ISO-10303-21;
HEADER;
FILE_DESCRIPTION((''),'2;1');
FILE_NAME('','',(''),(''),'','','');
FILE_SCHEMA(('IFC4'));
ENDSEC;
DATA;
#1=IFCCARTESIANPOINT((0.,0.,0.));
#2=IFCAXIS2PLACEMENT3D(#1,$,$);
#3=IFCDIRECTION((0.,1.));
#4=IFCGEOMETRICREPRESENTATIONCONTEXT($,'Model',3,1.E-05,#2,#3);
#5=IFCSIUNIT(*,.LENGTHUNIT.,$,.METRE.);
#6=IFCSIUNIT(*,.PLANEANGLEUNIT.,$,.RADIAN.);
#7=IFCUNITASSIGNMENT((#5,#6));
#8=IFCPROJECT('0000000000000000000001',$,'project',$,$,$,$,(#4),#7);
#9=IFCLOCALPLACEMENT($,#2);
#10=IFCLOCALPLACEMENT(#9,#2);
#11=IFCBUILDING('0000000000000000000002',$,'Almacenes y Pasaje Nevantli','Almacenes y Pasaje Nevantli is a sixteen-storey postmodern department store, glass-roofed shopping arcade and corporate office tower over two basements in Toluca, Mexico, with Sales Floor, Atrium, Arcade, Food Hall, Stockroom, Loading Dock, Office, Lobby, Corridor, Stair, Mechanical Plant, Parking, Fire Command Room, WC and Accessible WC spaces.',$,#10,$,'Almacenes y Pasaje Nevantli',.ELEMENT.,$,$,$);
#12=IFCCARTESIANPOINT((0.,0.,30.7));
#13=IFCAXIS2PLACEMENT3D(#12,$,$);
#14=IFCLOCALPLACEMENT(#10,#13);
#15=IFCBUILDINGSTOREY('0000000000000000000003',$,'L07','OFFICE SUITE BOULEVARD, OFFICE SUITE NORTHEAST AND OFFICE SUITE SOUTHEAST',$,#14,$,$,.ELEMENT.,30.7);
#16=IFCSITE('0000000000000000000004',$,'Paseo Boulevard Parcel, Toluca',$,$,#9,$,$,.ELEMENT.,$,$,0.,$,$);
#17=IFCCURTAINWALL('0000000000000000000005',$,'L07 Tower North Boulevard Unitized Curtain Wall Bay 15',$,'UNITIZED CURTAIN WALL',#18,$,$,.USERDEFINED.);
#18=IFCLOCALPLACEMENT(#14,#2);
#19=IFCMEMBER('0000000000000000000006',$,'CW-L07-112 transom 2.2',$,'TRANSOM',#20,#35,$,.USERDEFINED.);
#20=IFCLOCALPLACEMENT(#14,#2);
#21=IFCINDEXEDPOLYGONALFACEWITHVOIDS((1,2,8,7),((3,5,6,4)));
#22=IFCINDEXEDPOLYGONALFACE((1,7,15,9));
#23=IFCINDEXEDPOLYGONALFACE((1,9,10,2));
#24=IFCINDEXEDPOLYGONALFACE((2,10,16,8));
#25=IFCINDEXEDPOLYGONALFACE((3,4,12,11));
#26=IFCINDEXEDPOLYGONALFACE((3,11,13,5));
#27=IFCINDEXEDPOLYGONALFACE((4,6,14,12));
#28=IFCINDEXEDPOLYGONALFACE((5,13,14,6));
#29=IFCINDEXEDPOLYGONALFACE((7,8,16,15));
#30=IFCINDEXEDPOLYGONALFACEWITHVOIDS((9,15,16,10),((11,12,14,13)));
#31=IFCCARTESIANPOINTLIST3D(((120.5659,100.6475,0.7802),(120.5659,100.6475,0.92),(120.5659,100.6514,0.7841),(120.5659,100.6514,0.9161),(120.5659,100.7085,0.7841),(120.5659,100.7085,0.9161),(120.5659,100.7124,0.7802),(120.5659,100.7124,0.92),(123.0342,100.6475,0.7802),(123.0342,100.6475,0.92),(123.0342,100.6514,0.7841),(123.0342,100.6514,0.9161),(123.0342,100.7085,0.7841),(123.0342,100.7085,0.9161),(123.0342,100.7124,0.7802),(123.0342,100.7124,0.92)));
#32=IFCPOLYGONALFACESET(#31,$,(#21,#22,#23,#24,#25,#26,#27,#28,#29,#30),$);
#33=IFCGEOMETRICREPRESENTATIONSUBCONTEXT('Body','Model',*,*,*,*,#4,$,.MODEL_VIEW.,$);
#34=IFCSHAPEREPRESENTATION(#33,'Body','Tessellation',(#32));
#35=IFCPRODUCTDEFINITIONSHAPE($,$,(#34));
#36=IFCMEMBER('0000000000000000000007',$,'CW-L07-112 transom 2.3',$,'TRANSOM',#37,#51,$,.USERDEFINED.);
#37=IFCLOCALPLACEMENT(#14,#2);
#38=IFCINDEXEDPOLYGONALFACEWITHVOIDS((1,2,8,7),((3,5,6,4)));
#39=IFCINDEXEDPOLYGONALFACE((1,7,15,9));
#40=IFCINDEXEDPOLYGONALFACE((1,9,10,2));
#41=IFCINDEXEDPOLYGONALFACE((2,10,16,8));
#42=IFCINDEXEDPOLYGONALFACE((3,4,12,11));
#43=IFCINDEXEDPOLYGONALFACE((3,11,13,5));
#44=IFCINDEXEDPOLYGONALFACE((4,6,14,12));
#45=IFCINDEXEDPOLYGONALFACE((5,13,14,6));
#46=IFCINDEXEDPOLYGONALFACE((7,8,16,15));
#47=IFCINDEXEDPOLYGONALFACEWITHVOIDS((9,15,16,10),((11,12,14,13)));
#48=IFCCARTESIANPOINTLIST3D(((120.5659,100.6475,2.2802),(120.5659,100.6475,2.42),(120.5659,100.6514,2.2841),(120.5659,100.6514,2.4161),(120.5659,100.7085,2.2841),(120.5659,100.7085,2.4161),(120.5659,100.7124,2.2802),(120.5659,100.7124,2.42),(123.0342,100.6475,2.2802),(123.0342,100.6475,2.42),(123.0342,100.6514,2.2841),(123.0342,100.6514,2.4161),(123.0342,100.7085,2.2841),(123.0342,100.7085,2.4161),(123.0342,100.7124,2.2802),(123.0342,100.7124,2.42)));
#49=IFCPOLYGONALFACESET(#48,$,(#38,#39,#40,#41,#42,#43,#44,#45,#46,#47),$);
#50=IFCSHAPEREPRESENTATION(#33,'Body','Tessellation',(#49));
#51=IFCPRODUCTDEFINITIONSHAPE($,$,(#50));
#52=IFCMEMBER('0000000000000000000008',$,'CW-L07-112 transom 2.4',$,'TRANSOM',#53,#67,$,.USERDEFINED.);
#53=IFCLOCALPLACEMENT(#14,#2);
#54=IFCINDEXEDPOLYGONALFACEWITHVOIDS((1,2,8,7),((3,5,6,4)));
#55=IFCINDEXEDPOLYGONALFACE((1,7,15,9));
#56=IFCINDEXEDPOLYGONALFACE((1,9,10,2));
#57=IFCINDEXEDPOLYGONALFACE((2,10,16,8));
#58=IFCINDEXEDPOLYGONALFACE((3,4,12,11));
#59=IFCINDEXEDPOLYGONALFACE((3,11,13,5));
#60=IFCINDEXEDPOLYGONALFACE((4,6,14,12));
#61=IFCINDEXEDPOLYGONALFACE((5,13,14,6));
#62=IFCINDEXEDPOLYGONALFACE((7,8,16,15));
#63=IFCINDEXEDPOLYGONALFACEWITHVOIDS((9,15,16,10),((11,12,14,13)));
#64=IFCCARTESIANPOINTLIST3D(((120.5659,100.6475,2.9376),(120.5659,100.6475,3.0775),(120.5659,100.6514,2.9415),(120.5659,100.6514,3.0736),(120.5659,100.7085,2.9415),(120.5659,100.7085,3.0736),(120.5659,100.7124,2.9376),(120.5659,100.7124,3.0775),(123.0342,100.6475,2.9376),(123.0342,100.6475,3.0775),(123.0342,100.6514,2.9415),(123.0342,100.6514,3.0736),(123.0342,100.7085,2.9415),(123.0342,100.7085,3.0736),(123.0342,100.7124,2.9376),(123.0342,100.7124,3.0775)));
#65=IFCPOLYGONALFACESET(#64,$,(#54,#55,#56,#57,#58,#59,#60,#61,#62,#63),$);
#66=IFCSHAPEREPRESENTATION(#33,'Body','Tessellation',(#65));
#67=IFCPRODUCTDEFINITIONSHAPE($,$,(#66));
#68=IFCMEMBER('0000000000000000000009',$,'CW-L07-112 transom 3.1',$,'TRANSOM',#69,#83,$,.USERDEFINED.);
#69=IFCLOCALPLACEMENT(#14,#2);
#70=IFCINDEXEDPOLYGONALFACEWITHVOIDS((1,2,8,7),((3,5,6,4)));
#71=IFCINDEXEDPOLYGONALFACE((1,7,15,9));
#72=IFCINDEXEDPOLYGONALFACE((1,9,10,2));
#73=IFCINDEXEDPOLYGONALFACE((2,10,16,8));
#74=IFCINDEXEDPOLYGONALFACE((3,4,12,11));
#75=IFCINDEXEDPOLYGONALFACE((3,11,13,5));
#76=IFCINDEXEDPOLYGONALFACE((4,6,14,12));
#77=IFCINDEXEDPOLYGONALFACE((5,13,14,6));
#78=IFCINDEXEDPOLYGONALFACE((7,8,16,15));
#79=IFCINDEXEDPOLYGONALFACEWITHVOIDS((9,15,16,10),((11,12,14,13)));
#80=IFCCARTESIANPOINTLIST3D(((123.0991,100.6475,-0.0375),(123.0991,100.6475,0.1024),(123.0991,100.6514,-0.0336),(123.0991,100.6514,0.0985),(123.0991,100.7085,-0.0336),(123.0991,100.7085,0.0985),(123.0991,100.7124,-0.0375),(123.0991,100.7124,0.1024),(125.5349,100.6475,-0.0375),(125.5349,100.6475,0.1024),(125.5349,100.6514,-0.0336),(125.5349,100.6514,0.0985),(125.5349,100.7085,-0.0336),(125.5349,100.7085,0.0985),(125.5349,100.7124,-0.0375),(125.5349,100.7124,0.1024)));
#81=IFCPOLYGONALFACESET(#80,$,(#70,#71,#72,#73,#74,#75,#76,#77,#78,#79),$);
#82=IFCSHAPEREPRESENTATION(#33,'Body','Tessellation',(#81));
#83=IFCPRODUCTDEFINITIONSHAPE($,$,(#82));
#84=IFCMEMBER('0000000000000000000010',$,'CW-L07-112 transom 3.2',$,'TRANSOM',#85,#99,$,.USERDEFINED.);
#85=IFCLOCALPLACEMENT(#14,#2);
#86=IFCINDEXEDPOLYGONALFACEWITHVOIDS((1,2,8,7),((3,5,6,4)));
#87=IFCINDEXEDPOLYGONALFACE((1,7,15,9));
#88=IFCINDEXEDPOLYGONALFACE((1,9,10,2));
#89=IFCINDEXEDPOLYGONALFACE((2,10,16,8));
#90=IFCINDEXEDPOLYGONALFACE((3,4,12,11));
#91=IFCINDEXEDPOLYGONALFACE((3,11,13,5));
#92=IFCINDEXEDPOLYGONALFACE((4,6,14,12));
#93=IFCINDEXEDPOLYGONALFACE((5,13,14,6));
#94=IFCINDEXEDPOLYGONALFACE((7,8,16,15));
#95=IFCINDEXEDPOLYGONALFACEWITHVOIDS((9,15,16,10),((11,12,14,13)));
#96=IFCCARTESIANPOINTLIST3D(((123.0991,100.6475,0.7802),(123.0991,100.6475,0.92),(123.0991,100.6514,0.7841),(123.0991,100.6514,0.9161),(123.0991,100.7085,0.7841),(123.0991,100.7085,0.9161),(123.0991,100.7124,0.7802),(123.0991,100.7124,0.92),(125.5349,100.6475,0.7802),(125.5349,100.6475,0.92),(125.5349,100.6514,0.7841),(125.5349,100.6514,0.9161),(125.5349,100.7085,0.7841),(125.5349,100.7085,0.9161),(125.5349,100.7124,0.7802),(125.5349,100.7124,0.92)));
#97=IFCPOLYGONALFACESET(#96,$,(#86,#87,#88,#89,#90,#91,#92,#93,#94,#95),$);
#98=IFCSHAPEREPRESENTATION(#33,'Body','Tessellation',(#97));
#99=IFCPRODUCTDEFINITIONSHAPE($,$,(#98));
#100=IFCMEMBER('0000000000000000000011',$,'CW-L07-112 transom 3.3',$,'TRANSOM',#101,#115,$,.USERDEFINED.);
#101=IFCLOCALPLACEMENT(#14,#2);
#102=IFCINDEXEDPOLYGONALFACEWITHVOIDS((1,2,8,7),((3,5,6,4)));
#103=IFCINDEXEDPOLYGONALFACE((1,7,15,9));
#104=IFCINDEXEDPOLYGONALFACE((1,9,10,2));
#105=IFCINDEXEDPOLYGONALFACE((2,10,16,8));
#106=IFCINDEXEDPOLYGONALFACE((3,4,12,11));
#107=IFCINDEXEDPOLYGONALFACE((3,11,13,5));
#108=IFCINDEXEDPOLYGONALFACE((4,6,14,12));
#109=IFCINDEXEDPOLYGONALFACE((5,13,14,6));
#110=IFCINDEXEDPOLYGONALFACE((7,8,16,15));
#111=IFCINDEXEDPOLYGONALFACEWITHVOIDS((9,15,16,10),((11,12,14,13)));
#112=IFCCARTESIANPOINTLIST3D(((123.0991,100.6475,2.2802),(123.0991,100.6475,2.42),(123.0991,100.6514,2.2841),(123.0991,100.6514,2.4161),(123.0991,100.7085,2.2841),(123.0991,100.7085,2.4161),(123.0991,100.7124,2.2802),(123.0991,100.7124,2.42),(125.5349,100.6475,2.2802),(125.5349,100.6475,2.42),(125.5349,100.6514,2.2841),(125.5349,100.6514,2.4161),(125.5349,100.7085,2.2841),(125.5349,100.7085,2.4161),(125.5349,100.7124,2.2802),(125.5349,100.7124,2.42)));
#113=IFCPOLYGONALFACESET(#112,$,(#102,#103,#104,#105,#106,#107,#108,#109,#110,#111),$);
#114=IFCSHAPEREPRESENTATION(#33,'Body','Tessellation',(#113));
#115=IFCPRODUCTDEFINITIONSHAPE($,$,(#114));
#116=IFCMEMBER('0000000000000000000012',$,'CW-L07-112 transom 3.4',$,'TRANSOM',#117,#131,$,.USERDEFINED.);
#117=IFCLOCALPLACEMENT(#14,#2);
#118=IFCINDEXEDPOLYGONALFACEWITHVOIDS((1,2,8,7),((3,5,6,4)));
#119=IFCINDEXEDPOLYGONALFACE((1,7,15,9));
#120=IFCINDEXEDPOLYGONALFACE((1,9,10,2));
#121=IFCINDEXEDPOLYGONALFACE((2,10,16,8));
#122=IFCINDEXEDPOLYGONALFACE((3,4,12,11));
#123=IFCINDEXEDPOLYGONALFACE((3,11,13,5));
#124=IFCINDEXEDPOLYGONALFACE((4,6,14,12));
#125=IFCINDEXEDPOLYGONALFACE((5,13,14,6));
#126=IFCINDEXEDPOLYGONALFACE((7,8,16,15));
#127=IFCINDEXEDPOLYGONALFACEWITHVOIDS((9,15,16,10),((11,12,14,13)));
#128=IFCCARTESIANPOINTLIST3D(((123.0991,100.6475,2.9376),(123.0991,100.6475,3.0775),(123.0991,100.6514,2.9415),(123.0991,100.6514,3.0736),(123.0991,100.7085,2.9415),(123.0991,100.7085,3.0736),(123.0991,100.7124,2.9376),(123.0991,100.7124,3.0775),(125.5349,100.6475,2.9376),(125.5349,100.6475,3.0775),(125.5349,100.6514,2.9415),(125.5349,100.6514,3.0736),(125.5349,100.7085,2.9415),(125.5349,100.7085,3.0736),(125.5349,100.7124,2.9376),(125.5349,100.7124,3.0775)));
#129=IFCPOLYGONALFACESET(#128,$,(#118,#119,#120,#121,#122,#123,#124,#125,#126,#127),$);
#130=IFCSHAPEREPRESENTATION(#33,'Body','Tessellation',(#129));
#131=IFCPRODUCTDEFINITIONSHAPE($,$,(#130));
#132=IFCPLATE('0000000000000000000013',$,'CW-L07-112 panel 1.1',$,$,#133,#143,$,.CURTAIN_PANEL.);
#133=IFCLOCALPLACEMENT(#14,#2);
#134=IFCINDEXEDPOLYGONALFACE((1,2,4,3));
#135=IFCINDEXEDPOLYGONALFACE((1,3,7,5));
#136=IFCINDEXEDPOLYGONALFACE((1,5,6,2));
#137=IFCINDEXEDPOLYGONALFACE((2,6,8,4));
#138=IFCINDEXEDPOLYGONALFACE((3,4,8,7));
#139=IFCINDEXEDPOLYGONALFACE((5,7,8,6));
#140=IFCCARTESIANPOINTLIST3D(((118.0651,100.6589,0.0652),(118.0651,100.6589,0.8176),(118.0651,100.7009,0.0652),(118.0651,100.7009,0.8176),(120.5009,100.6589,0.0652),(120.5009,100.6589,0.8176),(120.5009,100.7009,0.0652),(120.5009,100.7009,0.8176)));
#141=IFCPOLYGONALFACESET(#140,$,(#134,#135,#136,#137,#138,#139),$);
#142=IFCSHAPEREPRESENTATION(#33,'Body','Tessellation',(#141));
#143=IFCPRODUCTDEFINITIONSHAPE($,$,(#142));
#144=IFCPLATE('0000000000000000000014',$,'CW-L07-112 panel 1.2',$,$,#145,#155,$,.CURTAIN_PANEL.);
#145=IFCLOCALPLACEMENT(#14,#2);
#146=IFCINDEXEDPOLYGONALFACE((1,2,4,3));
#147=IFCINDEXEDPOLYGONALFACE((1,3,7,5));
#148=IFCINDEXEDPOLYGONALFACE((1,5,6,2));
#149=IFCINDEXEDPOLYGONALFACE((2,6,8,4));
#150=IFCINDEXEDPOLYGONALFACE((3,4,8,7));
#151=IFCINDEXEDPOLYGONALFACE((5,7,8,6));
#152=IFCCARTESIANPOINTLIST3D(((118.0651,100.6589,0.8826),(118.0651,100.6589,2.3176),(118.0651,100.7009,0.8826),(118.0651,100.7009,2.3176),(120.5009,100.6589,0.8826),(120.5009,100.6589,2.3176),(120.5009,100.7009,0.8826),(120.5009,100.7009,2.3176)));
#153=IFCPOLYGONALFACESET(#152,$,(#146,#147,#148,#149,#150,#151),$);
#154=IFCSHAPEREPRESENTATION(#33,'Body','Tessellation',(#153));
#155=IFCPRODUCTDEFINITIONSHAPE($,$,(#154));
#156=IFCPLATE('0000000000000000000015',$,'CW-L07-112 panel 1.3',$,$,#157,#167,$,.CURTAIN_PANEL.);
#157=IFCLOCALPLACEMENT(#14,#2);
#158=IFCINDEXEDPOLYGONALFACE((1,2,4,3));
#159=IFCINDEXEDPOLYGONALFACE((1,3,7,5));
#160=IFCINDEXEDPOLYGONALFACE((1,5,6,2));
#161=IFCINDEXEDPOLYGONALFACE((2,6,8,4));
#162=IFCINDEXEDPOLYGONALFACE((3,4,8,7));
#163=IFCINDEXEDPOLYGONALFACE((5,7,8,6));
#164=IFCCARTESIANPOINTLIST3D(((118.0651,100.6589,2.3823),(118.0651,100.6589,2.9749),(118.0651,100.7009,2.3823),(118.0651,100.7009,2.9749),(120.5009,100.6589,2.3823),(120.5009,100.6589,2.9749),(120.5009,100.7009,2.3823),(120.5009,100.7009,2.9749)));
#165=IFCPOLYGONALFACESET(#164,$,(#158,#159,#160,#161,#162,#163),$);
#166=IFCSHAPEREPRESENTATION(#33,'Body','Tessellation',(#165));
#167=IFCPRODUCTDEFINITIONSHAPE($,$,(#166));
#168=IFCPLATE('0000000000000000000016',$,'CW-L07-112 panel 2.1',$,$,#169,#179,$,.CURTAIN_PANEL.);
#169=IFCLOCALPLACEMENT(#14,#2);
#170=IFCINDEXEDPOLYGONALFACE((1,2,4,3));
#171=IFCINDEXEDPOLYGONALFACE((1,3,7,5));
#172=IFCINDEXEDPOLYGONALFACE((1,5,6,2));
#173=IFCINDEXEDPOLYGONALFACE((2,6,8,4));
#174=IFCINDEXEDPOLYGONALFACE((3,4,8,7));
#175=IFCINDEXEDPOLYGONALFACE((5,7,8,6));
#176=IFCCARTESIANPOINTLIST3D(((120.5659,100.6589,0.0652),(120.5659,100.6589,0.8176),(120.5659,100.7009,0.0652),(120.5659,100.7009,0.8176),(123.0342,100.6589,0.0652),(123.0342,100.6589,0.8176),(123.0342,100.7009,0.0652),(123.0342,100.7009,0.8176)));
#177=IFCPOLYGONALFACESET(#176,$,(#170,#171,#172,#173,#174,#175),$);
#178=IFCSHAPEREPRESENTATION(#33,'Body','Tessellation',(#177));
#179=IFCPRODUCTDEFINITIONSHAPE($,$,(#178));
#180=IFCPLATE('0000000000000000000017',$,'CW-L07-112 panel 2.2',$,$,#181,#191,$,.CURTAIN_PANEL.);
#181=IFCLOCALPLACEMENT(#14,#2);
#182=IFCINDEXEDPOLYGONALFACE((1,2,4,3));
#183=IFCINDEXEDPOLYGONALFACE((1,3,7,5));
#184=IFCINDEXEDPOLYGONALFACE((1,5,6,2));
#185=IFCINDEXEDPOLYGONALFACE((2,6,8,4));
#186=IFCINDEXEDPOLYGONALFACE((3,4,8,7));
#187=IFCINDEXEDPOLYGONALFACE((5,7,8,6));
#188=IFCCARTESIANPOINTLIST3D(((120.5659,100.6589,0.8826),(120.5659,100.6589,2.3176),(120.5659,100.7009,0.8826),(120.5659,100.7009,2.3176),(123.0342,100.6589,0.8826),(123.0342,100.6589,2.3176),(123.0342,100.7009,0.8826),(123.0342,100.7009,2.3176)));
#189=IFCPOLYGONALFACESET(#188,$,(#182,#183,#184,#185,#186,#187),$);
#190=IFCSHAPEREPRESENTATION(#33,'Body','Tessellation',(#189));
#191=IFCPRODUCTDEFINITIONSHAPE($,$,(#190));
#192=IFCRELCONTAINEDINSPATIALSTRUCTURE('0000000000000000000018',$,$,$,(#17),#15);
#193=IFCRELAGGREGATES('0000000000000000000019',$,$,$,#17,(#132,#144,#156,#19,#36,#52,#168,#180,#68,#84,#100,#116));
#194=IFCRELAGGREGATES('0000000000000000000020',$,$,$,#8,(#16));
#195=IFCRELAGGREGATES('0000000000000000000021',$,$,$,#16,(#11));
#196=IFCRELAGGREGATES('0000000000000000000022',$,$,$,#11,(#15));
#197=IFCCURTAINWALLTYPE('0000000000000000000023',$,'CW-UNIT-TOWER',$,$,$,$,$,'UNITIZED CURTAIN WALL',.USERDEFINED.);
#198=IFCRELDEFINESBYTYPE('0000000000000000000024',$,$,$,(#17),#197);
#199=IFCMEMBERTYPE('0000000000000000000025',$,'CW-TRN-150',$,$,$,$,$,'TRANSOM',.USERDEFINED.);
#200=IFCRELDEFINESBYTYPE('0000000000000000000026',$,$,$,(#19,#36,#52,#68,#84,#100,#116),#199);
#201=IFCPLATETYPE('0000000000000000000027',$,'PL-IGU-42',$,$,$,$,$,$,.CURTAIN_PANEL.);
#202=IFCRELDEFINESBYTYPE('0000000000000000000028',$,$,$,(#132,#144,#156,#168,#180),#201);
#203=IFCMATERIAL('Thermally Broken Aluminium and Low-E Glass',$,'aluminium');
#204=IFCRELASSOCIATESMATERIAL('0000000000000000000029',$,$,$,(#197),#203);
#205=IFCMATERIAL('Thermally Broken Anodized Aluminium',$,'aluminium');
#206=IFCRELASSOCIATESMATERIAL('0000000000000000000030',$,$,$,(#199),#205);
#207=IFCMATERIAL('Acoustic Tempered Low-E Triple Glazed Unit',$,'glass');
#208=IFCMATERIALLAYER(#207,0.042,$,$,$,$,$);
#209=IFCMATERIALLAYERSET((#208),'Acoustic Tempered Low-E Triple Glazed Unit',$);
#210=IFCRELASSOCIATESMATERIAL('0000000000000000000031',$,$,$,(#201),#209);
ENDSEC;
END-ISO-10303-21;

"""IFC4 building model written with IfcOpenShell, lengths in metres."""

from ifc_helpers import new_model, si_unit, direction, frame, origin, origin_2d, place, context, subcontext, project, spatial, rectangle, hollow_rectangle, extrude, material, layer, layer_set, material_profile, profile_set, type_object, element, aggregate, save


model = new_model("IFC4")

# Units and contexts
model_context = context("Model", 3, precision=1e-05, world=origin(), true_north=direction((0.0, 1.0)))
body_context = subcontext(model_context, "Body", "Model", "MODEL_VIEW")
ifc_project = project(units=[si_unit("LENGTHUNIT", "METRE"), si_unit("PLANEANGLEUNIT", "RADIAN")], contexts=[model_context])

# Site, building, storey
site_placement = place(None, origin())
site = spatial("IfcSite", under=ifc_project, at=site_placement, Name="Paseo Boulevard Parcel, Toluca", CompositionType="ELEMENT", RefElevation=0.0)
building_placement = place(site_placement, origin())
building = spatial("IfcBuilding", under=site, at=building_placement, Name="Almacenes y Pasaje Nevantli", Description="Almacenes y Pasaje Nevantli is a sixteen-storey postmodern department store, glass-roofed shopping arcade and corporate office tower over two basements in Toluca, Mexico, with Sales Floor, Atrium, Arcade, Food Hall, Stockroom, Loading Dock, Office, Lobby, Corridor, Stair, Mechanical Plant, Parking, Fire Command Room, WC and Accessible WC spaces.", LongName="Almacenes y Pasaje Nevantli", CompositionType="ELEMENT")
storey_placement = place(building_placement, frame((0.0, 0.0, 30.7)))
storey = spatial("IfcBuildingStorey", under=building, at=storey_placement, Name="L07", Description="OFFICE SUITE BOULEVARD, OFFICE SUITE NORTHEAST AND OFFICE SUITE SOUTHEAST", CompositionType="ELEMENT", Elevation=30.7)

# Curtain wall, members, plates
ifc_material_1 = material(Name="Thermally Broken Aluminium and Low-E Glass", Category="aluminium")
curtain_wall_type = type_object("IfcCurtainWallType", Name="CW-UNIT-TOWER", ElementType="UNITIZED CURTAIN WALL", PredefinedType="USERDEFINED", material=ifc_material_1)
curtain_wall_placement = place(storey_placement, origin())
curtain_wall = element("IfcCurtainWall", 1, at=curtain_wall_placement, inside=storey, type_object=curtain_wall_type, Name="L07 Tower North Boulevard Unitized Curtain Wall Bay 15", ObjectType="UNITIZED CURTAIN WALL", PredefinedType="USERDEFINED")
ifc_material_2 = material(Name="Thermally Broken Anodized Aluminium", Category="aluminium")
ifc_material_profile_1 = material_profile(ifc_material_2, hollow_rectangle(XDim=0.0649, YDim=0.1399, WallThickness=0.0039, at=origin_2d()), Name="ALU-TRN-65x140")
ifc_profile_set_1 = profile_set([ifc_material_profile_1], Name="Thermally Broken Anodized Aluminium")
member_type_1 = type_object("IfcMemberType", Name="CW-TRN-150", ElementType="TRANSOM", PredefinedType="USERDEFINED", material=ifc_profile_set_1)
member_1_placement = place(storey_placement, frame((120.5659, 100.6799, 0.8501), z_axis=(1.0, 0.0, 0.0), x_axis=(0.0, 1.0, 0.0)))
member_1 = element("IfcMember", 2, at=member_1_placement, type_object=member_type_1, Name="CW-L07-112 transom 2.2", ObjectType="TRANSOM", PredefinedType="USERDEFINED", context=body_context, shape_type="SweptSolid", body=[
    extrude(hollow_rectangle(XDim=0.0649, YDim=0.1399, WallThickness=0.0039, at=origin_2d()), origin(), (0.0, 0.0, 1.0), 2.4683),
])
member_2_placement = place(storey_placement, frame((120.5659, 100.6799, 2.3501), z_axis=(1.0, 0.0, 0.0), x_axis=(0.0, 1.0, 0.0)))
member_2 = element("IfcMember", 3, at=member_2_placement, type_object=member_type_1, Name="CW-L07-112 transom 2.3", ObjectType="TRANSOM", PredefinedType="USERDEFINED", context=body_context, shape_type="SweptSolid", body=[
    extrude(hollow_rectangle(XDim=0.0649, YDim=0.1399, WallThickness=0.0039, at=origin_2d()), origin(), (0.0, 0.0, 1.0), 2.4683),
])
member_3_placement = place(storey_placement, frame((120.5659, 100.6799, 3.0076), z_axis=(1.0, 0.0, 0.0), x_axis=(0.0, 1.0, 0.0)))
member_3 = element("IfcMember", 4, at=member_3_placement, type_object=member_type_1, Name="CW-L07-112 transom 2.4", ObjectType="TRANSOM", PredefinedType="USERDEFINED", context=body_context, shape_type="SweptSolid", body=[
    extrude(hollow_rectangle(XDim=0.0649, YDim=0.1399, WallThickness=0.0039, at=origin_2d()), origin(), (0.0, 0.0, 1.0), 2.4683),
])
member_4_placement = place(storey_placement, frame((123.0991, 100.6799, 0.0325), z_axis=(1.0, 0.0, 0.0), x_axis=(0.0, 1.0, 0.0)))
member_4 = element("IfcMember", 5, at=member_4_placement, type_object=member_type_1, Name="CW-L07-112 transom 3.1", ObjectType="TRANSOM", PredefinedType="USERDEFINED", context=body_context, shape_type="SweptSolid", body=[
    extrude(hollow_rectangle(XDim=0.0649, YDim=0.1399, WallThickness=0.0039, at=origin_2d()), origin(), (0.0, 0.0, 1.0), 2.4358),
])
member_5_placement = place(storey_placement, frame((123.0991, 100.6799, 0.8501), z_axis=(1.0, 0.0, 0.0), x_axis=(0.0, 1.0, 0.0)))
member_5 = element("IfcMember", 6, at=member_5_placement, type_object=member_type_1, Name="CW-L07-112 transom 3.2", ObjectType="TRANSOM", PredefinedType="USERDEFINED", context=body_context, shape_type="SweptSolid", body=[
    extrude(hollow_rectangle(XDim=0.0649, YDim=0.1399, WallThickness=0.0039, at=origin_2d()), origin(), (0.0, 0.0, 1.0), 2.4358),
])
member_6_placement = place(storey_placement, frame((123.0991, 100.6799, 2.3501), z_axis=(1.0, 0.0, 0.0), x_axis=(0.0, 1.0, 0.0)))
member_6 = element("IfcMember", 7, at=member_6_placement, type_object=member_type_1, Name="CW-L07-112 transom 3.3", ObjectType="TRANSOM", PredefinedType="USERDEFINED", context=body_context, shape_type="SweptSolid", body=[
    extrude(hollow_rectangle(XDim=0.0649, YDim=0.1399, WallThickness=0.0039, at=origin_2d()), origin(), (0.0, 0.0, 1.0), 2.4358),
])
member_7_placement = place(storey_placement, frame((123.0991, 100.6799, 3.0076), z_axis=(1.0, 0.0, 0.0), x_axis=(0.0, 1.0, 0.0)))
member_7 = element("IfcMember", 8, at=member_7_placement, type_object=member_type_1, Name="CW-L07-112 transom 3.4", ObjectType="TRANSOM", PredefinedType="USERDEFINED", context=body_context, shape_type="SweptSolid", body=[
    extrude(hollow_rectangle(XDim=0.0649, YDim=0.1399, WallThickness=0.0039, at=origin_2d()), origin(), (0.0, 0.0, 1.0), 2.4358),
])
ifc_material_3 = material(Name="Acoustic Tempered Low-E Triple Glazed Unit", Category="glass")
ifc_layer_1 = layer(ifc_material_3, 0.042)
ifc_layer_set_1 = layer_set([ifc_layer_1], Name="Acoustic Tempered Low-E Triple Glazed Unit")
plate_type = type_object("IfcPlateType", Name="PL-IGU-42", PredefinedType="CURTAIN_PANEL", material=ifc_layer_set_1)
plate_1_placement = place(storey_placement, frame((119.283, 100.6799, 0.0652), z_axis=(0.0, 0.0, 1.0), x_axis=(1.0, 0.0, 0.0)))
plate_1 = element("IfcPlate", 9, at=plate_1_placement, type_object=plate_type, Name="CW-L07-112 panel 1.1", PredefinedType="CURTAIN_PANEL", context=body_context, shape_type="SweptSolid", body=[
    extrude(rectangle(XDim=2.4358, YDim=0.042, at=origin_2d()), origin(), (0.0, 0.0, 1.0), 0.7524),
])
plate_2_placement = place(storey_placement, frame((119.283, 100.6799, 0.8826), z_axis=(0.0, 0.0, 1.0), x_axis=(1.0, 0.0, 0.0)))
plate_2 = element("IfcPlate", 10, at=plate_2_placement, type_object=plate_type, Name="CW-L07-112 panel 1.2", PredefinedType="CURTAIN_PANEL", context=body_context, shape_type="SweptSolid", body=[
    extrude(rectangle(XDim=2.4358, YDim=0.042, at=origin_2d()), origin(), (0.0, 0.0, 1.0), 1.4351),
])
plate_3_placement = place(storey_placement, frame((119.283, 100.6799, 2.3823), z_axis=(0.0, 0.0, 1.0), x_axis=(1.0, 0.0, 0.0)))
plate_3 = element("IfcPlate", 11, at=plate_3_placement, type_object=plate_type, Name="CW-L07-112 panel 1.3", PredefinedType="CURTAIN_PANEL", context=body_context, shape_type="SweptSolid", body=[
    extrude(rectangle(XDim=2.4358, YDim=0.042, at=origin_2d()), origin(), (0.0, 0.0, 1.0), 0.5925),
])
plate_4_placement = place(storey_placement, frame((121.8, 100.6799, 0.0652), z_axis=(0.0, 0.0, 1.0), x_axis=(1.0, 0.0, 0.0)))
plate_4 = element("IfcPlate", 12, at=plate_4_placement, type_object=plate_type, Name="CW-L07-112 panel 2.1", PredefinedType="CURTAIN_PANEL", context=body_context, shape_type="SweptSolid", body=[
    extrude(rectangle(XDim=2.4683, YDim=0.042, at=origin_2d()), origin(), (0.0, 0.0, 1.0), 0.7524),
])
plate_5_placement = place(storey_placement, frame((121.8, 100.6799, 0.8826), z_axis=(0.0, 0.0, 1.0), x_axis=(1.0, 0.0, 0.0)))
plate_5 = element("IfcPlate", 13, at=plate_5_placement, type_object=plate_type, Name="CW-L07-112 panel 2.2", PredefinedType="CURTAIN_PANEL", context=body_context, shape_type="SweptSolid", body=[
    extrude(rectangle(XDim=2.4683, YDim=0.042, at=origin_2d()), origin(), (0.0, 0.0, 1.0), 1.4351),
])
aggregate(curtain_wall, [plate_1, plate_2, plate_3, member_1, member_2, member_3, plate_4, plate_5, member_4, member_5, member_6, member_7])

save(model, "model.ifc")
